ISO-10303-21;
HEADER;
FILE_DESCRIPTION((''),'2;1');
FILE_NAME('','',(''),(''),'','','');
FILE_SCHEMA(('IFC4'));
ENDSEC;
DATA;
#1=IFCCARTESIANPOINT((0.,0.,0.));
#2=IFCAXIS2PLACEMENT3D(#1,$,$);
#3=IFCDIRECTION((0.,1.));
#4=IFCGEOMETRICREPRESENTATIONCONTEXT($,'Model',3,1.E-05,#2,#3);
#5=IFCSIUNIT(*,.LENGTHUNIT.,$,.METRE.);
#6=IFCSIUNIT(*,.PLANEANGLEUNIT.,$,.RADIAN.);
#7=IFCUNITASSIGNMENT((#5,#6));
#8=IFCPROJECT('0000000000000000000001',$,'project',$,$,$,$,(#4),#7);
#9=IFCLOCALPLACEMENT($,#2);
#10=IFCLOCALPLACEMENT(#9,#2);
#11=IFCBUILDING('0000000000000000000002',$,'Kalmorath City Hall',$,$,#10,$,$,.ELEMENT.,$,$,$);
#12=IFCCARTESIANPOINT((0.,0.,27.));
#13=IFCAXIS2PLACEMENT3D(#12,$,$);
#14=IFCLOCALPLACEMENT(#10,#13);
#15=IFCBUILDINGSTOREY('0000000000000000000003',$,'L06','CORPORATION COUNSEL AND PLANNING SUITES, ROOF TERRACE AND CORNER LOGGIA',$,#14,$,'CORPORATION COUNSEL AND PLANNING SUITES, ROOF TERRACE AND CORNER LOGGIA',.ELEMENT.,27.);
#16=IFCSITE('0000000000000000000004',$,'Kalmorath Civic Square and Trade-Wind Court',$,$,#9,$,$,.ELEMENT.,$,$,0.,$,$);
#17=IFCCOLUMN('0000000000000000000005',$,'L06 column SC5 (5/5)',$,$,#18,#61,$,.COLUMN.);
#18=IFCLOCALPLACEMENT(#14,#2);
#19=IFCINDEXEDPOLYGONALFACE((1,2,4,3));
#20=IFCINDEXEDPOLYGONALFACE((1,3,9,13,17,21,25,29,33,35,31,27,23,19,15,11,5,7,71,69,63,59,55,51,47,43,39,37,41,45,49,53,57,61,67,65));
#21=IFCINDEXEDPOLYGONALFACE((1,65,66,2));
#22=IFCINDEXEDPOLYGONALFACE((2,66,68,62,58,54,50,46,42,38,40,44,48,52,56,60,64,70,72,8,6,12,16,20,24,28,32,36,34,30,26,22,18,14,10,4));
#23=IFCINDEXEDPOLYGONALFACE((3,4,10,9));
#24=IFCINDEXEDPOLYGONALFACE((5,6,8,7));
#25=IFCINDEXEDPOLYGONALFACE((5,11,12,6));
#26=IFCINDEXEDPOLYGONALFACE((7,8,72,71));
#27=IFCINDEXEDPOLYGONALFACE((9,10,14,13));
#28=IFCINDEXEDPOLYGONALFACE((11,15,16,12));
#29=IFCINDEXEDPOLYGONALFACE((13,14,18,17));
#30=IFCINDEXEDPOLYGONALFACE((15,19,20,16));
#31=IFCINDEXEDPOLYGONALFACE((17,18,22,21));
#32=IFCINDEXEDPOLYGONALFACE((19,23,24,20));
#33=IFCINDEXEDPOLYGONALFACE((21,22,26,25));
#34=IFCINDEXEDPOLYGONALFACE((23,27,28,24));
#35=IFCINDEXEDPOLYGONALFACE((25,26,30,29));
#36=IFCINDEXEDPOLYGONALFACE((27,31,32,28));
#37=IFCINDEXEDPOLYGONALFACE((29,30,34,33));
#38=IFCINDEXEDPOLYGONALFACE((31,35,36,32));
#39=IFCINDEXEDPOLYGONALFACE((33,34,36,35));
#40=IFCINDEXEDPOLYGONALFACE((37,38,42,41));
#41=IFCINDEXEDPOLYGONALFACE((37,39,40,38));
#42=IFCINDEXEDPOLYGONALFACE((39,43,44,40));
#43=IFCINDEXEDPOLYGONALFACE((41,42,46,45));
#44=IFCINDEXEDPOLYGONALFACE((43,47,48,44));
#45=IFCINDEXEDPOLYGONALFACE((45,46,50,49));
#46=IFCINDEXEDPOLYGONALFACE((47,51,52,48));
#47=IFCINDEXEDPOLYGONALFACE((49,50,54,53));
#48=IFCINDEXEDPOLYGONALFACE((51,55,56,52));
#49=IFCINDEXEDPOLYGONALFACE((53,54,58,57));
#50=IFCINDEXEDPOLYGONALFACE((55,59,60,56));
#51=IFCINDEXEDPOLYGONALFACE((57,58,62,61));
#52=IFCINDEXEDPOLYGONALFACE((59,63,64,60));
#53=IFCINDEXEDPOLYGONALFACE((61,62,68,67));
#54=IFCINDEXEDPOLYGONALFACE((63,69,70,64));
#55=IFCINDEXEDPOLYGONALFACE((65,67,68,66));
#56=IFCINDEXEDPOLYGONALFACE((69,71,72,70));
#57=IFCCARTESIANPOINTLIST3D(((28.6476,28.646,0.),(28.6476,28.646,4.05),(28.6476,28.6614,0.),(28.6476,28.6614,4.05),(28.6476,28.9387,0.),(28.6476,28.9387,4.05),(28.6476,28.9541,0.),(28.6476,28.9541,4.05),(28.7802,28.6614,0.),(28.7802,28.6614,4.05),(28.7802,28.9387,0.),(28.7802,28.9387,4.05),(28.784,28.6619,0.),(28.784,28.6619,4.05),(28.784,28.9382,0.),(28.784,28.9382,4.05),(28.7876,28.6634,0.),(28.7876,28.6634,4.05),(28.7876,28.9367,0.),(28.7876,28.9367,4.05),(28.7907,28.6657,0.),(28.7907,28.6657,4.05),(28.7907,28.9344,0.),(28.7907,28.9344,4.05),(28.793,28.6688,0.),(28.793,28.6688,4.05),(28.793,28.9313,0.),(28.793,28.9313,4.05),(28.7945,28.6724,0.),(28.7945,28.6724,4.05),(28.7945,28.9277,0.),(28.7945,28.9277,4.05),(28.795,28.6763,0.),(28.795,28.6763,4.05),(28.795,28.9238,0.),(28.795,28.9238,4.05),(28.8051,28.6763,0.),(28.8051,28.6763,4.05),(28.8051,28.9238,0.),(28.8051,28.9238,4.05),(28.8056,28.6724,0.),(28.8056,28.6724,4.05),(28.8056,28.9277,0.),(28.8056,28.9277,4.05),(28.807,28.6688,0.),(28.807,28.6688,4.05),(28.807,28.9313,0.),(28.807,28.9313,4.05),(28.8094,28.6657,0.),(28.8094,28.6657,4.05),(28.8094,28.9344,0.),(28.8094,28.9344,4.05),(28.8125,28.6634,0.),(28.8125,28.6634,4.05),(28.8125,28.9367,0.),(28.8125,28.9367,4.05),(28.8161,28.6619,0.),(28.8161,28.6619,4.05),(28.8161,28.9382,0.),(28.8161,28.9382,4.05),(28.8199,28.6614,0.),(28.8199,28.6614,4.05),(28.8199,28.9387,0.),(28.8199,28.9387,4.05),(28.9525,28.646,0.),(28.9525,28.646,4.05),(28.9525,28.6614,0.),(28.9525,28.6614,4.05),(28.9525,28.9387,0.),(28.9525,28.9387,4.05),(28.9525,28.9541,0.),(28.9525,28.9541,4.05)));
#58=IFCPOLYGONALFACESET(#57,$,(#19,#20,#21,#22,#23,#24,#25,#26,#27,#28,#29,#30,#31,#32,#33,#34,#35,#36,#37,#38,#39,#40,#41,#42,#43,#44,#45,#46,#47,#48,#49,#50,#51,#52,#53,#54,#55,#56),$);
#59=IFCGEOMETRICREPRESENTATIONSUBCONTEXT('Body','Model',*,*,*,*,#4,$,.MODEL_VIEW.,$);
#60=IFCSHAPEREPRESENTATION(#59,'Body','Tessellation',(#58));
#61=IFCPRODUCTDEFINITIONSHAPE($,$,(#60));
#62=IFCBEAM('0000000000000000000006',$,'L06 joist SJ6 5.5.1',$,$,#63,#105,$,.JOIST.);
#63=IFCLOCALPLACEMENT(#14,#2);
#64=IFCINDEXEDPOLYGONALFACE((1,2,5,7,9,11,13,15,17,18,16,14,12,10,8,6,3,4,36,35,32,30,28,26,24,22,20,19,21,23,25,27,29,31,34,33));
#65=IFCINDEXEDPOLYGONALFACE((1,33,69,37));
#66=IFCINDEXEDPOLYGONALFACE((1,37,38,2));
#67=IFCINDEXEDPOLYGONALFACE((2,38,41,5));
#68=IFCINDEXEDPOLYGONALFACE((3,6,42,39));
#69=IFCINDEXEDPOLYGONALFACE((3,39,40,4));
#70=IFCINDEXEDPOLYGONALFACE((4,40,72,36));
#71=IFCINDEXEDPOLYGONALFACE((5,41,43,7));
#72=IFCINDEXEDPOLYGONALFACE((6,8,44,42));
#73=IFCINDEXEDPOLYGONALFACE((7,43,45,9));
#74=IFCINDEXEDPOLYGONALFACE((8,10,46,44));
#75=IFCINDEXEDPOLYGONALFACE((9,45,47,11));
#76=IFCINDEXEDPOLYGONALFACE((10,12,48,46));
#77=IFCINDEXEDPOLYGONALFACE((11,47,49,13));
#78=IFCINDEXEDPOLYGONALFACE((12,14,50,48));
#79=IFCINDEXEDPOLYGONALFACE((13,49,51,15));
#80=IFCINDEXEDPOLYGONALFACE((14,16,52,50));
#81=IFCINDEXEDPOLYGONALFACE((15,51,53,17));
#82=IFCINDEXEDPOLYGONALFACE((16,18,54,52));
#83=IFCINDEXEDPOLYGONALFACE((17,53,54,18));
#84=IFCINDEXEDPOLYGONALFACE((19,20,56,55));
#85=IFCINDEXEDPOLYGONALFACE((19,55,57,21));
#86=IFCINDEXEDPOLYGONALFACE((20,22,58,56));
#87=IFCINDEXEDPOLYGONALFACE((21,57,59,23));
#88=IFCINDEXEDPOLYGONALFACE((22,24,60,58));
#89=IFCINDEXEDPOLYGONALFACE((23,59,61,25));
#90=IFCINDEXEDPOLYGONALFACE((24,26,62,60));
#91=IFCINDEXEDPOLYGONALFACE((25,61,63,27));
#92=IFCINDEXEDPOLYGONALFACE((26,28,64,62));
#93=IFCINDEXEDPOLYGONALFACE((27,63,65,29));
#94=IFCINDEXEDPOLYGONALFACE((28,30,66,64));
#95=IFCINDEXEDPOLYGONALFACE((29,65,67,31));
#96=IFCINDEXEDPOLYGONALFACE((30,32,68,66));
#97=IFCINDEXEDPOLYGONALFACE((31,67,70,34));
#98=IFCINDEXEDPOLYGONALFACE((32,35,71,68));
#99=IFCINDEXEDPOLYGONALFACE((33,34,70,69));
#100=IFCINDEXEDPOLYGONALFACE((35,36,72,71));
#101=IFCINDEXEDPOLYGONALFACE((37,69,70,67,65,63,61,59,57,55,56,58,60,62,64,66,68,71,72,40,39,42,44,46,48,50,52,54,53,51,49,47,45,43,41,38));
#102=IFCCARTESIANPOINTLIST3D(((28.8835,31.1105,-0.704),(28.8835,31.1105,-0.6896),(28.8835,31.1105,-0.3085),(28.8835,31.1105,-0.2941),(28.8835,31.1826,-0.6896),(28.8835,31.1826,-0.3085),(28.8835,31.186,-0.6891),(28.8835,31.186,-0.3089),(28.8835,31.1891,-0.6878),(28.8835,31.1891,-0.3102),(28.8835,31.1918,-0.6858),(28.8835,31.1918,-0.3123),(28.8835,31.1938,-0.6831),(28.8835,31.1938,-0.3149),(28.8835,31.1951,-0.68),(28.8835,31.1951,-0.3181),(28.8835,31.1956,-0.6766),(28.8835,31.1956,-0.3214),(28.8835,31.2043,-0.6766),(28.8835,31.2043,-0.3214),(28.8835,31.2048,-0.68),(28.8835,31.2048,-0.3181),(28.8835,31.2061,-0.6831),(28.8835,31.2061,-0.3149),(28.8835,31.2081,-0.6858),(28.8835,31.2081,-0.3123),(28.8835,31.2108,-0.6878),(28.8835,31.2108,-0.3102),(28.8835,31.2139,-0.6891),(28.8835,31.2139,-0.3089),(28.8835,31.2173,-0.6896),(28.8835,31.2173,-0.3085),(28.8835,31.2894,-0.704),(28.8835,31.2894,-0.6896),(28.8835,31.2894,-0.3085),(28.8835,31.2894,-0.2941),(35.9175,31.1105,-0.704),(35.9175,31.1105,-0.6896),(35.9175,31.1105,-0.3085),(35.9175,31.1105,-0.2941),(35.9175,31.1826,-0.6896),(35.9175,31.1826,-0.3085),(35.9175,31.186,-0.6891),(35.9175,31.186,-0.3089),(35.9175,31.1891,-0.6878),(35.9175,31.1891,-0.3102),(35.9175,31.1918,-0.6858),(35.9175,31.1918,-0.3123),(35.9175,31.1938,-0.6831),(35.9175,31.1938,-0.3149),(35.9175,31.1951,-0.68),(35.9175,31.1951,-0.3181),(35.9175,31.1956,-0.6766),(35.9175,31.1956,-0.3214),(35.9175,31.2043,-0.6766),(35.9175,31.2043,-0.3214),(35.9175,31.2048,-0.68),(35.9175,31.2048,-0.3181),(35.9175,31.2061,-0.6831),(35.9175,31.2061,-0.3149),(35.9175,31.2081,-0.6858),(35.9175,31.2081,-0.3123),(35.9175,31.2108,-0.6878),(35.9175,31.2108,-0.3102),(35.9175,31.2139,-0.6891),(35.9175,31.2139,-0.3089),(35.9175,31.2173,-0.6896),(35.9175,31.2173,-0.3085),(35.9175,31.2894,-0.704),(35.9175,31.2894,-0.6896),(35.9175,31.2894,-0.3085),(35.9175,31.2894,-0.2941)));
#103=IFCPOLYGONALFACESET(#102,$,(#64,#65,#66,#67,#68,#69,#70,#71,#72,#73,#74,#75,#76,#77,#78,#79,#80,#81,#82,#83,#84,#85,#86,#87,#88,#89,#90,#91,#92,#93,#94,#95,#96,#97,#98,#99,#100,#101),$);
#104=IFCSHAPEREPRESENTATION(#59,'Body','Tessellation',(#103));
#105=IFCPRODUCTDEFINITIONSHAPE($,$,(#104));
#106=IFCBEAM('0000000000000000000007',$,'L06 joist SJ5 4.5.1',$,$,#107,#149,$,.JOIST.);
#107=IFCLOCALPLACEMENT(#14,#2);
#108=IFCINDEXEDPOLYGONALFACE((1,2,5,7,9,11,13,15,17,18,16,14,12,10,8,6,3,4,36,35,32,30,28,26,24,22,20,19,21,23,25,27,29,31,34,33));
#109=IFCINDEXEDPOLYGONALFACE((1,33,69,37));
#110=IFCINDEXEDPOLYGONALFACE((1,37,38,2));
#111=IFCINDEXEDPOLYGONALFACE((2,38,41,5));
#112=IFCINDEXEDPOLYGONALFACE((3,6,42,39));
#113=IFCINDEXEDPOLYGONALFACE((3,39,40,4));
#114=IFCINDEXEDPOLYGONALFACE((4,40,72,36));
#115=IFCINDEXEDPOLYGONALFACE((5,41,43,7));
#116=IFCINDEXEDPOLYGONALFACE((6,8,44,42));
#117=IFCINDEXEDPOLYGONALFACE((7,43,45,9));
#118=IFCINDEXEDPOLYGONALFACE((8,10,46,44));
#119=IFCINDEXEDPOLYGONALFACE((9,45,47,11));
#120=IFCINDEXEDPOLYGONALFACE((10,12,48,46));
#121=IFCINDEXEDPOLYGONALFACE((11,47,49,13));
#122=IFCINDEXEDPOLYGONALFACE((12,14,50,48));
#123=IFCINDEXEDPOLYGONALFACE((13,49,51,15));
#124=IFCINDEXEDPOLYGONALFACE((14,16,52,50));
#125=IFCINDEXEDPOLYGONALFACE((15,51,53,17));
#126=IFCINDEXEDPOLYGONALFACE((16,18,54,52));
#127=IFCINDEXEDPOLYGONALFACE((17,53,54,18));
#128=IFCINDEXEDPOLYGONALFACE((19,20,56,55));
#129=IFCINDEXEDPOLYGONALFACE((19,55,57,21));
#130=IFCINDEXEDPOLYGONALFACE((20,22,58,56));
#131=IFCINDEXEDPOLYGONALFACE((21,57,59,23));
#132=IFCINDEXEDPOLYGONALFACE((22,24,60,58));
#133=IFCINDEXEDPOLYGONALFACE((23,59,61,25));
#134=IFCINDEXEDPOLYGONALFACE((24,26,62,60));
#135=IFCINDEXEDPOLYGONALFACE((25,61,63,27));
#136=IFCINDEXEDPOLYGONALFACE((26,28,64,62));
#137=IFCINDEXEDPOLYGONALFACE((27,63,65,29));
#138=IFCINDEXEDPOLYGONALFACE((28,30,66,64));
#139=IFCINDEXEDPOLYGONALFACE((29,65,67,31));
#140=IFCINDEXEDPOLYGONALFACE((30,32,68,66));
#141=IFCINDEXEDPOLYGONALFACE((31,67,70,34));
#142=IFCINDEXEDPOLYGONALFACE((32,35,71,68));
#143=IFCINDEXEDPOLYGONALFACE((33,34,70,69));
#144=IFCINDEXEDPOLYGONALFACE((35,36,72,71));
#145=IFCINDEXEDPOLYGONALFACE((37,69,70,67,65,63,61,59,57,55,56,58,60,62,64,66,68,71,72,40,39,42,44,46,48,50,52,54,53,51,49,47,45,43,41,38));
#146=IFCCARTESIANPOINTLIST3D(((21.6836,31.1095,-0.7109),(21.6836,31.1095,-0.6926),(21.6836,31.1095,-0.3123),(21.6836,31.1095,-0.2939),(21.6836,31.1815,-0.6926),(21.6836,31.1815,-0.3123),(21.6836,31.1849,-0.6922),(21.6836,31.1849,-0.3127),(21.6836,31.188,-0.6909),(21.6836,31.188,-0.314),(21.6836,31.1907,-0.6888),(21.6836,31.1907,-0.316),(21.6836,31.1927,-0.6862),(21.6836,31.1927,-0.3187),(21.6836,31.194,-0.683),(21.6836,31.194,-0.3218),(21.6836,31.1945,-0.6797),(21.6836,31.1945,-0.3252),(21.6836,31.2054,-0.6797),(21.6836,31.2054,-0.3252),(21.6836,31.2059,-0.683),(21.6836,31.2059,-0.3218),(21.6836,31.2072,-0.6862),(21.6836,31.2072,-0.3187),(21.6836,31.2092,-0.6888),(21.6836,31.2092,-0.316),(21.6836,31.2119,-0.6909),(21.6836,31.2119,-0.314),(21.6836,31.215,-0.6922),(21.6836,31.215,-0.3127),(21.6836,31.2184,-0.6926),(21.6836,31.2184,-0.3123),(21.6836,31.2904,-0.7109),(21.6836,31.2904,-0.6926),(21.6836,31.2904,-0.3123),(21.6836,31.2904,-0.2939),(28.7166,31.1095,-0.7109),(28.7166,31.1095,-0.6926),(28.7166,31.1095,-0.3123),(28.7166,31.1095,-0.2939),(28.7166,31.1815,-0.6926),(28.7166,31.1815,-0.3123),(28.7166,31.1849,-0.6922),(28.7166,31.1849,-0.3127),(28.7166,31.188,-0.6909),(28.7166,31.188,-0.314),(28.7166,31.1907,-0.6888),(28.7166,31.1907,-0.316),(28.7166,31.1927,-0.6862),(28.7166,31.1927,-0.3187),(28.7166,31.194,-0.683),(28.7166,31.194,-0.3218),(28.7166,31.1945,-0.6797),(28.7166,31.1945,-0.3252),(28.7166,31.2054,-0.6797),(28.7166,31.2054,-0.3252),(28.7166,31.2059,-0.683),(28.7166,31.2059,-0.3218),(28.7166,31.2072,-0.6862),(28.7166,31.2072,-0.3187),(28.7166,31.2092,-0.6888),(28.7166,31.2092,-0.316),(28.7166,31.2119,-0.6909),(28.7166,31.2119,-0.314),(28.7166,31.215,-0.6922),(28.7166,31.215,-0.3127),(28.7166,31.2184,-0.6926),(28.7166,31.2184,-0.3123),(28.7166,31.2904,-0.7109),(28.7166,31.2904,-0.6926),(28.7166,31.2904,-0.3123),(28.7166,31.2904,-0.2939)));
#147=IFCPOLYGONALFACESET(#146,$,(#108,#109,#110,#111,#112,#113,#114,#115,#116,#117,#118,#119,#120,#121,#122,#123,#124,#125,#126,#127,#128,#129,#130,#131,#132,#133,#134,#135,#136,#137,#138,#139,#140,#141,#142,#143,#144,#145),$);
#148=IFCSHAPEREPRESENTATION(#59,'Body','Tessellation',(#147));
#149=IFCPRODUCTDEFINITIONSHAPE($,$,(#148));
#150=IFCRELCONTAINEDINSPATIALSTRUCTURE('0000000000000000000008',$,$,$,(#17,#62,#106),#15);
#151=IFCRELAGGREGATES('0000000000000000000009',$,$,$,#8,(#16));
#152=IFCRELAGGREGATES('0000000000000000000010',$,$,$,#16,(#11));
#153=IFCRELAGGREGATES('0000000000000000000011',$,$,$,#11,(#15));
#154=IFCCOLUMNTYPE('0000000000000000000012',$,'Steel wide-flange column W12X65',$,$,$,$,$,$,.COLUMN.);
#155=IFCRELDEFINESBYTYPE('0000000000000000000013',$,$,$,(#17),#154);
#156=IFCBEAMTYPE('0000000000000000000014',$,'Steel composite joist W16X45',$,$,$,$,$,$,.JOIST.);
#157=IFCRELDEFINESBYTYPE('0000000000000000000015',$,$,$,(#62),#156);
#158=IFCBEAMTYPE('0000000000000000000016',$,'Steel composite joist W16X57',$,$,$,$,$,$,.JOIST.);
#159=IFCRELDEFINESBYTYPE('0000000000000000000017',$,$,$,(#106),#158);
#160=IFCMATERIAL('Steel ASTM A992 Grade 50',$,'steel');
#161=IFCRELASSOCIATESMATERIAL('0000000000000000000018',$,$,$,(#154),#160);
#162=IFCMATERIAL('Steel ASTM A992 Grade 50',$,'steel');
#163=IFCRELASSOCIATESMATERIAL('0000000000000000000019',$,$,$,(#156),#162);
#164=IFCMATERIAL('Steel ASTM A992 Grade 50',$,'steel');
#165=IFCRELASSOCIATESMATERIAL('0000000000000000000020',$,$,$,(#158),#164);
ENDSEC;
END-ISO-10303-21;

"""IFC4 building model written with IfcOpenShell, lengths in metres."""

from ifc_helpers import new_model, si_unit, direction, frame, origin, origin_2d, place, context, subcontext, project, spatial, i_section, extrude, material, material_profile, profile_set, type_object, element, save


model = new_model("IFC4")

# Units and contexts
model_context = context("Model", 3, precision=1e-05, world=origin(), true_north=direction((0.0, 1.0)))
body_context = subcontext(model_context, "Body", "Model", "MODEL_VIEW")
ifc_project = project(units=[si_unit("LENGTHUNIT", "METRE"), si_unit("PLANEANGLEUNIT", "RADIAN")], contexts=[model_context])

# Site, building, storey
site_placement = place(None, origin())
site = spatial("IfcSite", under=ifc_project, at=site_placement, Name="Kalmorath Civic Square and Trade-Wind Court", CompositionType="ELEMENT", RefElevation=0.0)
building_placement = place(site_placement, origin())
building = spatial("IfcBuilding", under=site, at=building_placement, Name="Kalmorath City Hall", CompositionType="ELEMENT")
storey_placement = place(building_placement, frame((0.0, 0.0, 27.0)))
storey = spatial("IfcBuildingStorey", under=building, at=storey_placement, Name="L06", Description="CORPORATION COUNSEL AND PLANNING SUITES, ROOF TERRACE AND CORNER LOGGIA", LongName="CORPORATION COUNSEL AND PLANNING SUITES, ROOF TERRACE AND CORNER LOGGIA", CompositionType="ELEMENT", Elevation=27.0)

# Column
ifc_material_1 = material(Name="Steel ASTM A992 Grade 50", Category="steel")
ifc_material_profile_1 = material_profile(ifc_material_1, i_section(OverallWidth=0.3049, OverallDepth=0.3081, WebThickness=0.01, FlangeThickness=0.0154, FilletRadius=0.0149, at=origin_2d()), Name="W12X65")
ifc_profile_set_1 = profile_set([ifc_material_profile_1], Name="Steel ASTM A992 Grade 50")
column_type = type_object("IfcColumnType", Name="Steel wide-flange column W12X65", PredefinedType="COLUMN", material=ifc_profile_set_1)
for number, where, z_axis, x_axis, name in (
    (1, (28.8, 28.8, 0.0), (0.0, 0.0, 1.0), (1.0, 0.0, 0.0), "L06 column SC5 (5/5)"),
):
    element("IfcColumn", number, at=place(storey_placement, frame(where, z_axis=z_axis, x_axis=x_axis)), inside=storey, type_object=column_type, Name=name, PredefinedType="COLUMN", context=body_context, shape_type="SweptSolid", body=[
        extrude(i_section(OverallWidth=0.3049, OverallDepth=0.3081, WebThickness=0.01, FlangeThickness=0.0154, FilletRadius=0.0149, at=origin_2d()), origin(), (0.0, 0.0, 1.0), 4.05),
    ])

# Beams
ifc_material_2 = material(Name="Steel ASTM A992 Grade 50", Category="steel")
ifc_material_profile_2 = material_profile(ifc_material_2, i_section(OverallWidth=0.179, OverallDepth=0.4099, WebThickness=0.0088, FlangeThickness=0.0144, FilletRadius=0.0129, at=origin_2d()), Name="W16X45")
ifc_profile_set_2 = profile_set([ifc_material_profile_2], Name="Steel ASTM A992 Grade 50")
beam_type_1 = type_object("IfcBeamType", Name="Steel composite joist W16X45", PredefinedType="JOIST", material=ifc_profile_set_2)
beam_1_placement = place(storey_placement, frame((28.8835, 31.2, -0.499), z_axis=(1.0, 0.0, 0.0), x_axis=(0.0, 1.0, 0.0)))
element("IfcBeam", 2, at=beam_1_placement, inside=storey, type_object=beam_type_1, Name="L06 joist SJ6 5.5.1", PredefinedType="JOIST", context=body_context, shape_type="SweptSolid", body=[
    extrude(i_section(OverallWidth=0.179, OverallDepth=0.4099, WebThickness=0.0088, FlangeThickness=0.0144, FilletRadius=0.0129, at=origin_2d()), origin(), (0.0, 0.0, 1.0), 7.0339),
])
ifc_material_3 = material(Name="Steel ASTM A992 Grade 50", Category="steel")
ifc_material_profile_3 = material_profile(ifc_material_3, i_section(OverallWidth=0.1809, OverallDepth=0.417, WebThickness=0.011, FlangeThickness=0.0183, FilletRadius=0.0129, at=origin_2d()), Name="W16X57")
ifc_profile_set_3 = profile_set([ifc_material_profile_3], Name="Steel ASTM A992 Grade 50")
beam_type_2 = type_object("IfcBeamType", Name="Steel composite joist W16X57", PredefinedType="JOIST", material=ifc_profile_set_3)
beam_2_placement = place(storey_placement, frame((21.6836, 31.2, -0.5024), z_axis=(1.0, 0.0, 0.0), x_axis=(0.0, 1.0, 0.0)))
element("IfcBeam", 3, at=beam_2_placement, inside=storey, type_object=beam_type_2, Name="L06 joist SJ5 4.5.1", PredefinedType="JOIST", context=body_context, shape_type="SweptSolid", body=[
    extrude(i_section(OverallWidth=0.1809, OverallDepth=0.417, WebThickness=0.011, FlangeThickness=0.0183, FilletRadius=0.0129, at=origin_2d()), origin(), (0.0, 0.0, 1.0), 7.033),
])

save(model, "model.ifc")
